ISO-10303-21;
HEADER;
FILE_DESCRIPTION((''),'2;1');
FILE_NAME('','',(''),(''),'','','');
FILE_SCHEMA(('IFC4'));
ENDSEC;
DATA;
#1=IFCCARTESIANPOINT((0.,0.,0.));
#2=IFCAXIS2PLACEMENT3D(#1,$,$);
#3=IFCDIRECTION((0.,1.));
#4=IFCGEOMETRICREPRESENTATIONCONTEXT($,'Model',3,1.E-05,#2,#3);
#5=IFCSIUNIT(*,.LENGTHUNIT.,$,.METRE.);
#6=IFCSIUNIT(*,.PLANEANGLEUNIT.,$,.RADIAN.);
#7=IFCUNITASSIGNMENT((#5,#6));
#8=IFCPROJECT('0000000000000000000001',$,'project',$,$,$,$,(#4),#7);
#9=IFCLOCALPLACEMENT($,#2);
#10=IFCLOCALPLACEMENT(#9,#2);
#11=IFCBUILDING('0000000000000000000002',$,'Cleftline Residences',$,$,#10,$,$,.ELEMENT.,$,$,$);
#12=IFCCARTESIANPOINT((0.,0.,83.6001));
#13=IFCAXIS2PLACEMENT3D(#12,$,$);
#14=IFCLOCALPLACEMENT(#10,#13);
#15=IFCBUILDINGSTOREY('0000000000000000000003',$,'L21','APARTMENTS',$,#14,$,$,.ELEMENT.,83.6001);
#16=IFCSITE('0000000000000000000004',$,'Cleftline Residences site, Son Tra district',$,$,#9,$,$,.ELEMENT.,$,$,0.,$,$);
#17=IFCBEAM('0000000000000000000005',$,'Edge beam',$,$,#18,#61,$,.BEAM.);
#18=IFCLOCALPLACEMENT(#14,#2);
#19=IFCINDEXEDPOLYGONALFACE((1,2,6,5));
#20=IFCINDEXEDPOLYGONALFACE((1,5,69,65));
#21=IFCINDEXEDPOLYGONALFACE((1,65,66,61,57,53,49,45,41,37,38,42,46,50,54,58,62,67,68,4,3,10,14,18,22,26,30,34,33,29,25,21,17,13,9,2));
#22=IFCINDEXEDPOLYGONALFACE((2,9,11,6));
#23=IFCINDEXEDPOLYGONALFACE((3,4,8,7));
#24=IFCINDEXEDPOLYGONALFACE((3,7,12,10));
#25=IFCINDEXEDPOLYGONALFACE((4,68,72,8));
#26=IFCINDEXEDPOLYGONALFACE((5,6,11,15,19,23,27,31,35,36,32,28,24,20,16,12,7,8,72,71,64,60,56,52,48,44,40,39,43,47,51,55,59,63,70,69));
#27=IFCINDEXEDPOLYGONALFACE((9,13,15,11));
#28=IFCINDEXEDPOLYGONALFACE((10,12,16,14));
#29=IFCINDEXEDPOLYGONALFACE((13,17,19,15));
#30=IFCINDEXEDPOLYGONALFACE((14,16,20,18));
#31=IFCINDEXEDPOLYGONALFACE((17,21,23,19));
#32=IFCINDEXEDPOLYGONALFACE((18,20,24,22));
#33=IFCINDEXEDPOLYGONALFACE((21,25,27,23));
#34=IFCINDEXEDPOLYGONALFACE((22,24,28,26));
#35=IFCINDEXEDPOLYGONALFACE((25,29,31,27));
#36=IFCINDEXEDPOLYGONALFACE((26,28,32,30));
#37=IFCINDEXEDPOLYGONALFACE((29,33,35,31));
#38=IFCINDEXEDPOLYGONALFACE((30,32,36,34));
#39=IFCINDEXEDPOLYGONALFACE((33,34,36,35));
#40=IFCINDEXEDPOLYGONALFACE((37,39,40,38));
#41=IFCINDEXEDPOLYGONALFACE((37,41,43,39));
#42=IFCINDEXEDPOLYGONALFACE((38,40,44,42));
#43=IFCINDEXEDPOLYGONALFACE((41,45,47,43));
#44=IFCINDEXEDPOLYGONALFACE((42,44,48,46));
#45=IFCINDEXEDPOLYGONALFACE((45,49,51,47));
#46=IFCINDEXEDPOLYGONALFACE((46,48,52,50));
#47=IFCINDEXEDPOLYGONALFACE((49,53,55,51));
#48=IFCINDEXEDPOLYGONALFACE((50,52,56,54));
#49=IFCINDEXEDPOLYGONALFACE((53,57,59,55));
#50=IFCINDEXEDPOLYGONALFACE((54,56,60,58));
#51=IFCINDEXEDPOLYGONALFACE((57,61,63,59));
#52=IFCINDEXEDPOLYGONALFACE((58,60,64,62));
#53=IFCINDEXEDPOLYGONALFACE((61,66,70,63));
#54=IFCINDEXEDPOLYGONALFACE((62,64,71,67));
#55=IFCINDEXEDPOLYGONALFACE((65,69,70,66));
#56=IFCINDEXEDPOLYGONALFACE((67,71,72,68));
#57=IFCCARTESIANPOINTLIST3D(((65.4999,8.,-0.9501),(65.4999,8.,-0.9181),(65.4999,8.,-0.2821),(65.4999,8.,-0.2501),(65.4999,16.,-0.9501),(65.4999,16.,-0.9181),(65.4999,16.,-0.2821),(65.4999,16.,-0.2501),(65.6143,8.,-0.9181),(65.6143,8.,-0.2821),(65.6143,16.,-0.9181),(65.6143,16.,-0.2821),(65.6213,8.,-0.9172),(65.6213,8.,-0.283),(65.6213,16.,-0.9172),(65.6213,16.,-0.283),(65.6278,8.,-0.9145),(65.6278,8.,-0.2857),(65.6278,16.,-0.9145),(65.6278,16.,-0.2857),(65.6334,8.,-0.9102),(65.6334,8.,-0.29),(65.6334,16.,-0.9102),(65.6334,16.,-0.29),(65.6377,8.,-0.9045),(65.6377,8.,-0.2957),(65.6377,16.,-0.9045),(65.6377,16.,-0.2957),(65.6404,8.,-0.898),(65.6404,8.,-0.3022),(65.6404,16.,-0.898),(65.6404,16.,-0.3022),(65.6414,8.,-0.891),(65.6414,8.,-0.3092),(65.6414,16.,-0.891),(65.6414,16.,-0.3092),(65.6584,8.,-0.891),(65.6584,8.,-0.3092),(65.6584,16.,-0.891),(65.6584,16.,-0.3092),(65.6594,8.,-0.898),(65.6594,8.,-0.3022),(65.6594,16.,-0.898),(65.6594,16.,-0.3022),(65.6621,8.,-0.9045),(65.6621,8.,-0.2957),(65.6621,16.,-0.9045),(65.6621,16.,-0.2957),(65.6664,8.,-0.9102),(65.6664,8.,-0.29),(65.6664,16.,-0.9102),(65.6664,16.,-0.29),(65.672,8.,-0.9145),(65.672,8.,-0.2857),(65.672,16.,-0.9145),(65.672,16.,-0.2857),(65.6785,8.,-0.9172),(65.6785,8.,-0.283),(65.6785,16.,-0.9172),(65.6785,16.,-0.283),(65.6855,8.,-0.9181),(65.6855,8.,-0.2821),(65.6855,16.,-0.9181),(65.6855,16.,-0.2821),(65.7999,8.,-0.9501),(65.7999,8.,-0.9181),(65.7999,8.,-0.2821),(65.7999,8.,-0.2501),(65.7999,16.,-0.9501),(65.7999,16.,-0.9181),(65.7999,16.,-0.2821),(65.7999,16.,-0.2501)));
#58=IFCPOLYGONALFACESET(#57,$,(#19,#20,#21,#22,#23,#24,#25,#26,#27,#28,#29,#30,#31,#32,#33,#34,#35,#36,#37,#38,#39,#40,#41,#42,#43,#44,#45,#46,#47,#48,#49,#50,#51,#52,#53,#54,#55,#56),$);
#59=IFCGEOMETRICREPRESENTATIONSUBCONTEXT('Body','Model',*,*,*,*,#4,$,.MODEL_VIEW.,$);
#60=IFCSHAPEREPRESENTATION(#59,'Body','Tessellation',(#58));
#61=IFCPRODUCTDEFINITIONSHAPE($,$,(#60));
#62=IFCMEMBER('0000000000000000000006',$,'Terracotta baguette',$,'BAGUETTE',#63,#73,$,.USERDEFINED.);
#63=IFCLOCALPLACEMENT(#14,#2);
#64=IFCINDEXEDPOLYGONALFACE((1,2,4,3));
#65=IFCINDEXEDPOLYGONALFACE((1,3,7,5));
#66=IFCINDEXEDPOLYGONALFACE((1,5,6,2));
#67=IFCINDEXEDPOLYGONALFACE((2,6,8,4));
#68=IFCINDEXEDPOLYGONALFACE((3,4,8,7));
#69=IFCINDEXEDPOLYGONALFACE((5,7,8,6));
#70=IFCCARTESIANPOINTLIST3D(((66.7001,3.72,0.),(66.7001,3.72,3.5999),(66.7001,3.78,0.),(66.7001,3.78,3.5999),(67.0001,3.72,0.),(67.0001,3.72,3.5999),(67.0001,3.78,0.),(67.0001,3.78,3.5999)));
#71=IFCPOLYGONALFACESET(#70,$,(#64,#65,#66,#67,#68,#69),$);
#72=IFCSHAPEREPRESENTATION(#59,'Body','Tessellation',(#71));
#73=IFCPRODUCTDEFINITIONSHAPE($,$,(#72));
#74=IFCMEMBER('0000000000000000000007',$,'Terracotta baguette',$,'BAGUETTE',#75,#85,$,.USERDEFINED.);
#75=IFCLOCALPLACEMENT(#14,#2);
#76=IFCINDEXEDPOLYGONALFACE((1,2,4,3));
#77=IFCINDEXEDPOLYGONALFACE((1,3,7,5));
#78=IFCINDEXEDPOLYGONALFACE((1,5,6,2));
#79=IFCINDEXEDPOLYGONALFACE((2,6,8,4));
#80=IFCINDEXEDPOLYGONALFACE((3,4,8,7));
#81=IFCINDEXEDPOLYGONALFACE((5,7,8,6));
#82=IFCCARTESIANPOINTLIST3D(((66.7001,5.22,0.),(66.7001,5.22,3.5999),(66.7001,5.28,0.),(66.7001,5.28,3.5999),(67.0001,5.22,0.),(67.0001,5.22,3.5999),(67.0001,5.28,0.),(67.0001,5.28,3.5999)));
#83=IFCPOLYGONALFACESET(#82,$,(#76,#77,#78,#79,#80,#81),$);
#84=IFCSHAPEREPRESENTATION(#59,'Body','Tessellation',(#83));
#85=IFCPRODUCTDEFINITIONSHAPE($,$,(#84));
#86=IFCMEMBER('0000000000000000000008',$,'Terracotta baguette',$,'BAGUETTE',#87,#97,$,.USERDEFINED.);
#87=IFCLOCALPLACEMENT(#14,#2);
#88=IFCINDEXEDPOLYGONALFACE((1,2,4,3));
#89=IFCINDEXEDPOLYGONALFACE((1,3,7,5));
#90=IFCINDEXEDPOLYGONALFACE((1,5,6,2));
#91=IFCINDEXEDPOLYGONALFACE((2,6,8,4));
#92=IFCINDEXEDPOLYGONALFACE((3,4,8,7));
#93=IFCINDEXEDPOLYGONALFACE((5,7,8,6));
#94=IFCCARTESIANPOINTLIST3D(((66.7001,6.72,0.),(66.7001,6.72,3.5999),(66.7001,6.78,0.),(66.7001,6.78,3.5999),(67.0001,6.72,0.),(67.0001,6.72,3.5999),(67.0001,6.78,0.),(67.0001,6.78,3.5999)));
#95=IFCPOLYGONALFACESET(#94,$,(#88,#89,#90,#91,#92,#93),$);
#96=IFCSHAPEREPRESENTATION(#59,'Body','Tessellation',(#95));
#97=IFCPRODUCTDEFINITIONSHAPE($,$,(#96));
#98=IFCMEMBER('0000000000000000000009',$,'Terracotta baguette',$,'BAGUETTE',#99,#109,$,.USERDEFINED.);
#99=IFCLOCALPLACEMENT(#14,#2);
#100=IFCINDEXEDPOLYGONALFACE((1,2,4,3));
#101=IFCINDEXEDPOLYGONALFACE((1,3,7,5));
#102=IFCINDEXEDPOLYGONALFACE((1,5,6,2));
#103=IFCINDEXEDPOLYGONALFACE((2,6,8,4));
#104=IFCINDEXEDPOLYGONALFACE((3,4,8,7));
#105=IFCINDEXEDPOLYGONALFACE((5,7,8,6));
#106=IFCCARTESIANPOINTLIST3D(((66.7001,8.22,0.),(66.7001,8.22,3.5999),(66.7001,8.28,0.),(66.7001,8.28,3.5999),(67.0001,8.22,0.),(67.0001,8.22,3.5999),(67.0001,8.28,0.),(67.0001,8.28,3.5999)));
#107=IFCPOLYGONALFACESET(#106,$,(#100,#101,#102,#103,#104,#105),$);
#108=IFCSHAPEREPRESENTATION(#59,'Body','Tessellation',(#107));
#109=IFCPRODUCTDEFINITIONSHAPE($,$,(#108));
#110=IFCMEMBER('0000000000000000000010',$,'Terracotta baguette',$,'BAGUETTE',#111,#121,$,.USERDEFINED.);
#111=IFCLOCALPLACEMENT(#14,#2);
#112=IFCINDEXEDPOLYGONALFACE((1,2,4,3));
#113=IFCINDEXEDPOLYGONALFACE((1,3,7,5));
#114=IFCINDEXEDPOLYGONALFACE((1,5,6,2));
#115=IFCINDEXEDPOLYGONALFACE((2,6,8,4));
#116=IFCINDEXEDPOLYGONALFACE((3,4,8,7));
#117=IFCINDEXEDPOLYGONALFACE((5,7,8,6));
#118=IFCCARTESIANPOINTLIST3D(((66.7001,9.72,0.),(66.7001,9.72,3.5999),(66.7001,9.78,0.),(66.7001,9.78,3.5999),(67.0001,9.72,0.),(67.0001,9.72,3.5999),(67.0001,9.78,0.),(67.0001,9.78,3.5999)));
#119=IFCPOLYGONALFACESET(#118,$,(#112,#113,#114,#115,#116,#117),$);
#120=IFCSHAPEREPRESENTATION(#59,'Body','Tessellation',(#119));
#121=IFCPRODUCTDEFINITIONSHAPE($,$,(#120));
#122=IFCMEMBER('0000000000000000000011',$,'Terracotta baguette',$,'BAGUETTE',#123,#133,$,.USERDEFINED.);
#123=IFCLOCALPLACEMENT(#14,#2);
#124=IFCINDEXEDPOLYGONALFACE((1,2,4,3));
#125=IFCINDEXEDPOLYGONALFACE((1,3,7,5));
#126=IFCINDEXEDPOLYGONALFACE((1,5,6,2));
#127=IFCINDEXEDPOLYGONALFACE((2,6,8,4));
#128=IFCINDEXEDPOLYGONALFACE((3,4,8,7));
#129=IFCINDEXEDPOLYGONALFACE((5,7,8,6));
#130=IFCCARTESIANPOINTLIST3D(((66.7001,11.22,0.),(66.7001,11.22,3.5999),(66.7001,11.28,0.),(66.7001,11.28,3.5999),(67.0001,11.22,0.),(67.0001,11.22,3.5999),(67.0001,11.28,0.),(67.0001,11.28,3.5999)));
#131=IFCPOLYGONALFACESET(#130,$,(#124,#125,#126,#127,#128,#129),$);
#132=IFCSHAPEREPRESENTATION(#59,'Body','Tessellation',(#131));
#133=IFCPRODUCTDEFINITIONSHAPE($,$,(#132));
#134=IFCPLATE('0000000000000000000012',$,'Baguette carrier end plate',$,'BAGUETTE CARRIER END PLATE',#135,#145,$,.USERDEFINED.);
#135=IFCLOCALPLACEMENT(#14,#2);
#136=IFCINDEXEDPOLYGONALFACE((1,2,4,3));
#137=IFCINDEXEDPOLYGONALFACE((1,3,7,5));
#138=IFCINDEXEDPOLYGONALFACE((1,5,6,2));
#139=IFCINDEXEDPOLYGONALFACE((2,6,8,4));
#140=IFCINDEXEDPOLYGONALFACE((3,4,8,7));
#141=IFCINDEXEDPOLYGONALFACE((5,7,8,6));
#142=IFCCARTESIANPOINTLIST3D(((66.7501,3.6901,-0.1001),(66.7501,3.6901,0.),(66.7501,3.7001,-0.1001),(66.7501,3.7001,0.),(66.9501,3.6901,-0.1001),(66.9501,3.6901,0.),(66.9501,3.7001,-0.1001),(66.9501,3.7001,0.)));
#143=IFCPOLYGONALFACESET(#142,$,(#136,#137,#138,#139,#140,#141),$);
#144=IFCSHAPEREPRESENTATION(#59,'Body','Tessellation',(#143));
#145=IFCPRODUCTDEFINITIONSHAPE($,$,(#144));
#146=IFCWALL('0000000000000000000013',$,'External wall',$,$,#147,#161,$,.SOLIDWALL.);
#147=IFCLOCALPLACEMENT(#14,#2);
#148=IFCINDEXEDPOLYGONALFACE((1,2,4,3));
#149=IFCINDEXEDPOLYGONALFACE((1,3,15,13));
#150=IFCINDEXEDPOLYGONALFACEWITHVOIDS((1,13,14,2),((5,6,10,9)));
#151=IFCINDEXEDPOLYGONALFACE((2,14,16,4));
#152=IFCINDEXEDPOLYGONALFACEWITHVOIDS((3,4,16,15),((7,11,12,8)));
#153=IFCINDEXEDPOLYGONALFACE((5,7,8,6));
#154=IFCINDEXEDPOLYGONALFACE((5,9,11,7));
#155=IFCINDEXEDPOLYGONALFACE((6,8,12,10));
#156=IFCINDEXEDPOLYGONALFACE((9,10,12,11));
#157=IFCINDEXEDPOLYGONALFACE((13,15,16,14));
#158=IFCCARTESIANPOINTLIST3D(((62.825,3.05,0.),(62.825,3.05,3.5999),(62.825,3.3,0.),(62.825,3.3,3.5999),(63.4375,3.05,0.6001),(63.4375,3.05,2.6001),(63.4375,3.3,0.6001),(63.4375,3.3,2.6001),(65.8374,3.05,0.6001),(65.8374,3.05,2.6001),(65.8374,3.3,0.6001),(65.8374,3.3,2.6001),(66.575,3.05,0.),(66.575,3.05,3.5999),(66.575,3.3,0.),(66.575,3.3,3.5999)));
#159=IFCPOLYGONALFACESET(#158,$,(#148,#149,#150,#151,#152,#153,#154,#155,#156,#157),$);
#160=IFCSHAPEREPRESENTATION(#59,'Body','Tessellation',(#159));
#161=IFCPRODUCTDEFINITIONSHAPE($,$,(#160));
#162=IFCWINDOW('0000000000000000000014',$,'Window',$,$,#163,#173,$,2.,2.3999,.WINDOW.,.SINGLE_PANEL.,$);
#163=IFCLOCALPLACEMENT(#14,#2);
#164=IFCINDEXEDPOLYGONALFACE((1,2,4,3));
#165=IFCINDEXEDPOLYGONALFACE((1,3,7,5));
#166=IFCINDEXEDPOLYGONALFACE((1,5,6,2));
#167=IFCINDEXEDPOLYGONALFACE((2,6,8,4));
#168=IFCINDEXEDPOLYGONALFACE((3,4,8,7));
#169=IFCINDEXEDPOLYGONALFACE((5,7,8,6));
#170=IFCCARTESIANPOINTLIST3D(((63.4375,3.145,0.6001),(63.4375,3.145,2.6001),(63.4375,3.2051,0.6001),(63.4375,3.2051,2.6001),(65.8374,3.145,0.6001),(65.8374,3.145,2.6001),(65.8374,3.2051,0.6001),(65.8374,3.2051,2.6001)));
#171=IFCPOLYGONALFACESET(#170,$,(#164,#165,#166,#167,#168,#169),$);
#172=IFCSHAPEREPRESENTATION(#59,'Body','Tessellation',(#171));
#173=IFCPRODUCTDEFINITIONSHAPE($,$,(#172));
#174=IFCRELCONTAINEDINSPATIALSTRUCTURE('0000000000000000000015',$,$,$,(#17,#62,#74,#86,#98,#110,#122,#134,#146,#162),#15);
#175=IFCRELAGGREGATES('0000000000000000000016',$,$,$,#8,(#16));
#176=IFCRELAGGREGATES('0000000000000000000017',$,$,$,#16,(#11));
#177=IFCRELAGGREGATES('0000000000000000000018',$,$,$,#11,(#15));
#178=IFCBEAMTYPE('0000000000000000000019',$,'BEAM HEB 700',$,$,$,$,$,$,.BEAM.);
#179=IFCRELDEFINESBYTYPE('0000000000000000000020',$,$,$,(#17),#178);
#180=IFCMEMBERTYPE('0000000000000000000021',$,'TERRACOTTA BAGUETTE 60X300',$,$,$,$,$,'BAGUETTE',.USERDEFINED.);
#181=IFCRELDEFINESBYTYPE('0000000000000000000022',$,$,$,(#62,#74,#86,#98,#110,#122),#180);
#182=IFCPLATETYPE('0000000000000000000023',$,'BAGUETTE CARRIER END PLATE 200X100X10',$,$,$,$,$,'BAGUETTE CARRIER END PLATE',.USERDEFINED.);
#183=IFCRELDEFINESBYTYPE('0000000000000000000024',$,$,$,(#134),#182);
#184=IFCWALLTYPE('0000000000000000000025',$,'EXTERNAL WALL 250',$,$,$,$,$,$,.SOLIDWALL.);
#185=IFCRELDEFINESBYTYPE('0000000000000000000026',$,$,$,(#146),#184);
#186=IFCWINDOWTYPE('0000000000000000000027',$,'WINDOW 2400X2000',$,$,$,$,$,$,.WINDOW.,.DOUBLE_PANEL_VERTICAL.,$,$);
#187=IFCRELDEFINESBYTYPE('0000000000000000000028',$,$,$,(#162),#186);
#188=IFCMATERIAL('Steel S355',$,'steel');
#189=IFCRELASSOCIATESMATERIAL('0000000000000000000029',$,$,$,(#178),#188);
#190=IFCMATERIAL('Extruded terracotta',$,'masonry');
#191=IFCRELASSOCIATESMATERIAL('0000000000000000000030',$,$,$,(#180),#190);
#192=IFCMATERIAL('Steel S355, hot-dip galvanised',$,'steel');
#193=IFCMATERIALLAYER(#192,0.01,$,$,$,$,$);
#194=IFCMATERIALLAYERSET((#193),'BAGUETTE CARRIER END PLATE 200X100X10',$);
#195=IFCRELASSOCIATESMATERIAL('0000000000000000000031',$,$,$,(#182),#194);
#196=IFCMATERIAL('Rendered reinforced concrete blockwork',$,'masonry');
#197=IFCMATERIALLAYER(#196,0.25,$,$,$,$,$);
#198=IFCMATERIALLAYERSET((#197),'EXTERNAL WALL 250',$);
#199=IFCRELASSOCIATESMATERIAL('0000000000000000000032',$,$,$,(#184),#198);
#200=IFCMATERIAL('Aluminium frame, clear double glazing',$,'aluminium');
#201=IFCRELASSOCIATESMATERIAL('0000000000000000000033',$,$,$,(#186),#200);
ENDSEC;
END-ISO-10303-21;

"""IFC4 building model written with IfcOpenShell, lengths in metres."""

from ifc_helpers import new_model, si_unit, direction, frame, frame_2d, origin, origin_2d, place, context, subcontext, project, spatial, rectangle, i_section, extrude, material, layer, layer_set, material_profile, profile_set, type_object, element, fill, save


model = new_model("IFC4")

# Units and contexts
model_context = context("Model", 3, precision=1e-05, world=origin(), true_north=direction((0.0, 1.0)))
body_context = subcontext(model_context, "Body", "Model", "MODEL_VIEW")
ifc_project = project(units=[si_unit("LENGTHUNIT", "METRE"), si_unit("PLANEANGLEUNIT", "RADIAN")], contexts=[model_context])

# Site, building, storey
site_placement = place(None, origin())
site = spatial("IfcSite", under=ifc_project, at=site_placement, Name="Cleftline Residences site, Son Tra district", CompositionType="ELEMENT", RefElevation=0.0)
building_placement = place(site_placement, origin())
building = spatial("IfcBuilding", under=site, at=building_placement, Name="Cleftline Residences", CompositionType="ELEMENT")
storey_placement = place(building_placement, frame((0.0, 0.0, 83.6001)))
storey = spatial("IfcBuildingStorey", under=building, at=storey_placement, Name="L21", Description="APARTMENTS", CompositionType="ELEMENT", Elevation=83.6001)

# Beam
ifc_material_1 = material(Name="Steel S355", Category="steel")
ifc_material_profile_1 = material_profile(ifc_material_1, i_section(OverallWidth=0.3, OverallDepth=0.7, WebThickness=0.0171, FlangeThickness=0.032, FilletRadius=0.0271, at=origin_2d()))
ifc_profile_set_1 = profile_set([ifc_material_profile_1], Name="Steel S355")
beam_type = type_object("IfcBeamType", Name="BEAM HEB 700", PredefinedType="BEAM", material=ifc_profile_set_1)
beam_placement = place(storey_placement, frame((65.6499, 8.0, -0.6001), z_axis=(0.0, 1.0, 0.0), x_axis=(-1.0, 0.0, 0.0)))
element("IfcBeam", 1, at=beam_placement, inside=storey, type_object=beam_type, Name="Edge beam", PredefinedType="BEAM", context=body_context, shape_type="SweptSolid", body=[
    extrude(i_section(OverallWidth=0.3, OverallDepth=0.7, WebThickness=0.0171, FlangeThickness=0.032, FilletRadius=0.0271, at=origin_2d()), origin(), (0.0, 0.0, 1.0), 8.0),
])

# Members
ifc_material_2 = material(Name="Extruded terracotta", Category="masonry")
ifc_material_profile_2 = material_profile(ifc_material_2, rectangle(XDim=0.0601, YDim=0.3, at=origin_2d()))
ifc_profile_set_2 = profile_set([ifc_material_profile_2], Name="Extruded terracotta")
member_type_1 = type_object("IfcMemberType", Name="TERRACOTTA BAGUETTE 60X300", ElementType="BAGUETTE", PredefinedType="USERDEFINED", material=ifc_profile_set_2)
for number, where, z_axis, x_axis, name in (
    (2, (66.8501, 3.75, 0.0), (0.0, 0.0, 1.0), (0.0, 1.0, 0.0), "Terracotta baguette"),
    (3, (66.8501, 5.25, 0.0), (0.0, 0.0, 1.0), (0.0, 1.0, 0.0), "Terracotta baguette"),
    (4, (66.8501, 6.75, 0.0), (0.0, 0.0, 1.0), (0.0, 1.0, 0.0), "Terracotta baguette"),
    (5, (66.8501, 8.25, 0.0), (0.0, 0.0, 1.0), (0.0, 1.0, 0.0), "Terracotta baguette"),
    (6, (66.8501, 9.75, 0.0), (0.0, 0.0, 1.0), (0.0, 1.0, 0.0), "Terracotta baguette"),
    (7, (66.8501, 11.25, 0.0), (0.0, 0.0, 1.0), (0.0, 1.0, 0.0), "Terracotta baguette"),
):
    element("IfcMember", number, at=place(storey_placement, frame(where, z_axis=z_axis, x_axis=x_axis)), inside=storey, type_object=member_type_1, Name=name, ObjectType="BAGUETTE", PredefinedType="USERDEFINED", context=body_context, shape_type="SweptSolid", body=[
        extrude(rectangle(XDim=0.0601, YDim=0.3, at=origin_2d()), origin(), (0.0, 0.0, 1.0), 3.5999),
    ])

# Plate
ifc_material_3 = material(Name="Steel S355, hot-dip galvanised", Category="steel")
ifc_layer_1 = layer(ifc_material_3, 0.01)
ifc_layer_set_1 = layer_set([ifc_layer_1], Name="BAGUETTE CARRIER END PLATE 200X100X10")
plate_type = type_object("IfcPlateType", Name="BAGUETTE CARRIER END PLATE 200X100X10", ElementType="BAGUETTE CARRIER END PLATE", PredefinedType="USERDEFINED", material=ifc_layer_set_1)
plate_placement = place(storey_placement, frame((66.8501, 3.6951, -0.1001), z_axis=(0.0, 0.0, 1.0), x_axis=(1.0, 0.0, 0.0)))
element("IfcPlate", 8, at=plate_placement, inside=storey, type_object=plate_type, Name="Baguette carrier end plate", ObjectType="BAGUETTE CARRIER END PLATE", PredefinedType="USERDEFINED", context=body_context, shape_type="SweptSolid", body=[
    extrude(rectangle(XDim=0.2, YDim=0.01, at=origin_2d()), origin(), (0.0, 0.0, 1.0), 0.1001),
])

# Wall, opening, window
ifc_material_4 = material(Name="Rendered reinforced concrete blockwork", Category="masonry")
ifc_layer_2 = layer(ifc_material_4, 0.25)
ifc_layer_set_2 = layer_set([ifc_layer_2], Name="EXTERNAL WALL 250")
wall_type = type_object("IfcWallType", Name="EXTERNAL WALL 250", PredefinedType="SOLIDWALL", material=ifc_layer_set_2)
wall_1_placement = place(storey_placement, frame((62.825, 3.175, 0.0), z_axis=(0.0, 0.0, 1.0), x_axis=(1.0, 0.0, 0.0)))
wall_1 = element("IfcWall", 9, at=wall_1_placement, inside=storey, type_object=wall_type, Name="External wall", PredefinedType="SOLIDWALL", context=body_context, shape_type="SweptSolid", body=[
    extrude(rectangle(XDim=3.75, YDim=0.25, at=frame_2d((1.875, 0.0))), origin(), (0.0, 0.0, 1.0), 3.5999),
])
opening_1_placement = place(wall_1_placement, frame((0.6125, 0.0, 0.6001)))
opening_1 = element("IfcOpeningElement", 10, at=opening_1_placement, cuts=wall_1, PredefinedType="OPENING", context=body_context, shape_type="SweptSolid", body=[
    extrude(rectangle(XDim=2.3999, YDim=2.0, at=frame_2d((1.2, 1.0))), frame((0.0, 0.135, 0.0), z_axis=(0.0, -1.0, 0.0), x_axis=(1.0, 0.0, 0.0)), (0.0, 0.0, 1.0), 0.27),
])
ifc_material_5 = material(Name="Aluminium frame, clear double glazing", Category="aluminium")
window_type_1 = type_object("IfcWindowType", Name="WINDOW 2400X2000", PartitioningType="DOUBLE_PANEL_VERTICAL", PredefinedType="WINDOW", material=ifc_material_5)
window_1_placement = place(opening_1_placement, origin())
window_1 = element("IfcWindow", 11, at=window_1_placement, inside=storey, type_object=window_type_1, Name="Window", OverallHeight=2.0, OverallWidth=2.3999, PartitioningType="SINGLE_PANEL", PredefinedType="WINDOW", context=body_context, shape_type="SweptSolid", body=[
    extrude(rectangle(XDim=2.3999, YDim=2.0, at=frame_2d((1.2, 1.0))), frame((0.0, 0.03, 0.0), z_axis=(0.0, -1.0, 0.0), x_axis=(1.0, 0.0, 0.0)), (0.0, 0.0, 1.0), 0.0601),
])
fill(opening_1, window_1)

save(model, "model.ifc")
